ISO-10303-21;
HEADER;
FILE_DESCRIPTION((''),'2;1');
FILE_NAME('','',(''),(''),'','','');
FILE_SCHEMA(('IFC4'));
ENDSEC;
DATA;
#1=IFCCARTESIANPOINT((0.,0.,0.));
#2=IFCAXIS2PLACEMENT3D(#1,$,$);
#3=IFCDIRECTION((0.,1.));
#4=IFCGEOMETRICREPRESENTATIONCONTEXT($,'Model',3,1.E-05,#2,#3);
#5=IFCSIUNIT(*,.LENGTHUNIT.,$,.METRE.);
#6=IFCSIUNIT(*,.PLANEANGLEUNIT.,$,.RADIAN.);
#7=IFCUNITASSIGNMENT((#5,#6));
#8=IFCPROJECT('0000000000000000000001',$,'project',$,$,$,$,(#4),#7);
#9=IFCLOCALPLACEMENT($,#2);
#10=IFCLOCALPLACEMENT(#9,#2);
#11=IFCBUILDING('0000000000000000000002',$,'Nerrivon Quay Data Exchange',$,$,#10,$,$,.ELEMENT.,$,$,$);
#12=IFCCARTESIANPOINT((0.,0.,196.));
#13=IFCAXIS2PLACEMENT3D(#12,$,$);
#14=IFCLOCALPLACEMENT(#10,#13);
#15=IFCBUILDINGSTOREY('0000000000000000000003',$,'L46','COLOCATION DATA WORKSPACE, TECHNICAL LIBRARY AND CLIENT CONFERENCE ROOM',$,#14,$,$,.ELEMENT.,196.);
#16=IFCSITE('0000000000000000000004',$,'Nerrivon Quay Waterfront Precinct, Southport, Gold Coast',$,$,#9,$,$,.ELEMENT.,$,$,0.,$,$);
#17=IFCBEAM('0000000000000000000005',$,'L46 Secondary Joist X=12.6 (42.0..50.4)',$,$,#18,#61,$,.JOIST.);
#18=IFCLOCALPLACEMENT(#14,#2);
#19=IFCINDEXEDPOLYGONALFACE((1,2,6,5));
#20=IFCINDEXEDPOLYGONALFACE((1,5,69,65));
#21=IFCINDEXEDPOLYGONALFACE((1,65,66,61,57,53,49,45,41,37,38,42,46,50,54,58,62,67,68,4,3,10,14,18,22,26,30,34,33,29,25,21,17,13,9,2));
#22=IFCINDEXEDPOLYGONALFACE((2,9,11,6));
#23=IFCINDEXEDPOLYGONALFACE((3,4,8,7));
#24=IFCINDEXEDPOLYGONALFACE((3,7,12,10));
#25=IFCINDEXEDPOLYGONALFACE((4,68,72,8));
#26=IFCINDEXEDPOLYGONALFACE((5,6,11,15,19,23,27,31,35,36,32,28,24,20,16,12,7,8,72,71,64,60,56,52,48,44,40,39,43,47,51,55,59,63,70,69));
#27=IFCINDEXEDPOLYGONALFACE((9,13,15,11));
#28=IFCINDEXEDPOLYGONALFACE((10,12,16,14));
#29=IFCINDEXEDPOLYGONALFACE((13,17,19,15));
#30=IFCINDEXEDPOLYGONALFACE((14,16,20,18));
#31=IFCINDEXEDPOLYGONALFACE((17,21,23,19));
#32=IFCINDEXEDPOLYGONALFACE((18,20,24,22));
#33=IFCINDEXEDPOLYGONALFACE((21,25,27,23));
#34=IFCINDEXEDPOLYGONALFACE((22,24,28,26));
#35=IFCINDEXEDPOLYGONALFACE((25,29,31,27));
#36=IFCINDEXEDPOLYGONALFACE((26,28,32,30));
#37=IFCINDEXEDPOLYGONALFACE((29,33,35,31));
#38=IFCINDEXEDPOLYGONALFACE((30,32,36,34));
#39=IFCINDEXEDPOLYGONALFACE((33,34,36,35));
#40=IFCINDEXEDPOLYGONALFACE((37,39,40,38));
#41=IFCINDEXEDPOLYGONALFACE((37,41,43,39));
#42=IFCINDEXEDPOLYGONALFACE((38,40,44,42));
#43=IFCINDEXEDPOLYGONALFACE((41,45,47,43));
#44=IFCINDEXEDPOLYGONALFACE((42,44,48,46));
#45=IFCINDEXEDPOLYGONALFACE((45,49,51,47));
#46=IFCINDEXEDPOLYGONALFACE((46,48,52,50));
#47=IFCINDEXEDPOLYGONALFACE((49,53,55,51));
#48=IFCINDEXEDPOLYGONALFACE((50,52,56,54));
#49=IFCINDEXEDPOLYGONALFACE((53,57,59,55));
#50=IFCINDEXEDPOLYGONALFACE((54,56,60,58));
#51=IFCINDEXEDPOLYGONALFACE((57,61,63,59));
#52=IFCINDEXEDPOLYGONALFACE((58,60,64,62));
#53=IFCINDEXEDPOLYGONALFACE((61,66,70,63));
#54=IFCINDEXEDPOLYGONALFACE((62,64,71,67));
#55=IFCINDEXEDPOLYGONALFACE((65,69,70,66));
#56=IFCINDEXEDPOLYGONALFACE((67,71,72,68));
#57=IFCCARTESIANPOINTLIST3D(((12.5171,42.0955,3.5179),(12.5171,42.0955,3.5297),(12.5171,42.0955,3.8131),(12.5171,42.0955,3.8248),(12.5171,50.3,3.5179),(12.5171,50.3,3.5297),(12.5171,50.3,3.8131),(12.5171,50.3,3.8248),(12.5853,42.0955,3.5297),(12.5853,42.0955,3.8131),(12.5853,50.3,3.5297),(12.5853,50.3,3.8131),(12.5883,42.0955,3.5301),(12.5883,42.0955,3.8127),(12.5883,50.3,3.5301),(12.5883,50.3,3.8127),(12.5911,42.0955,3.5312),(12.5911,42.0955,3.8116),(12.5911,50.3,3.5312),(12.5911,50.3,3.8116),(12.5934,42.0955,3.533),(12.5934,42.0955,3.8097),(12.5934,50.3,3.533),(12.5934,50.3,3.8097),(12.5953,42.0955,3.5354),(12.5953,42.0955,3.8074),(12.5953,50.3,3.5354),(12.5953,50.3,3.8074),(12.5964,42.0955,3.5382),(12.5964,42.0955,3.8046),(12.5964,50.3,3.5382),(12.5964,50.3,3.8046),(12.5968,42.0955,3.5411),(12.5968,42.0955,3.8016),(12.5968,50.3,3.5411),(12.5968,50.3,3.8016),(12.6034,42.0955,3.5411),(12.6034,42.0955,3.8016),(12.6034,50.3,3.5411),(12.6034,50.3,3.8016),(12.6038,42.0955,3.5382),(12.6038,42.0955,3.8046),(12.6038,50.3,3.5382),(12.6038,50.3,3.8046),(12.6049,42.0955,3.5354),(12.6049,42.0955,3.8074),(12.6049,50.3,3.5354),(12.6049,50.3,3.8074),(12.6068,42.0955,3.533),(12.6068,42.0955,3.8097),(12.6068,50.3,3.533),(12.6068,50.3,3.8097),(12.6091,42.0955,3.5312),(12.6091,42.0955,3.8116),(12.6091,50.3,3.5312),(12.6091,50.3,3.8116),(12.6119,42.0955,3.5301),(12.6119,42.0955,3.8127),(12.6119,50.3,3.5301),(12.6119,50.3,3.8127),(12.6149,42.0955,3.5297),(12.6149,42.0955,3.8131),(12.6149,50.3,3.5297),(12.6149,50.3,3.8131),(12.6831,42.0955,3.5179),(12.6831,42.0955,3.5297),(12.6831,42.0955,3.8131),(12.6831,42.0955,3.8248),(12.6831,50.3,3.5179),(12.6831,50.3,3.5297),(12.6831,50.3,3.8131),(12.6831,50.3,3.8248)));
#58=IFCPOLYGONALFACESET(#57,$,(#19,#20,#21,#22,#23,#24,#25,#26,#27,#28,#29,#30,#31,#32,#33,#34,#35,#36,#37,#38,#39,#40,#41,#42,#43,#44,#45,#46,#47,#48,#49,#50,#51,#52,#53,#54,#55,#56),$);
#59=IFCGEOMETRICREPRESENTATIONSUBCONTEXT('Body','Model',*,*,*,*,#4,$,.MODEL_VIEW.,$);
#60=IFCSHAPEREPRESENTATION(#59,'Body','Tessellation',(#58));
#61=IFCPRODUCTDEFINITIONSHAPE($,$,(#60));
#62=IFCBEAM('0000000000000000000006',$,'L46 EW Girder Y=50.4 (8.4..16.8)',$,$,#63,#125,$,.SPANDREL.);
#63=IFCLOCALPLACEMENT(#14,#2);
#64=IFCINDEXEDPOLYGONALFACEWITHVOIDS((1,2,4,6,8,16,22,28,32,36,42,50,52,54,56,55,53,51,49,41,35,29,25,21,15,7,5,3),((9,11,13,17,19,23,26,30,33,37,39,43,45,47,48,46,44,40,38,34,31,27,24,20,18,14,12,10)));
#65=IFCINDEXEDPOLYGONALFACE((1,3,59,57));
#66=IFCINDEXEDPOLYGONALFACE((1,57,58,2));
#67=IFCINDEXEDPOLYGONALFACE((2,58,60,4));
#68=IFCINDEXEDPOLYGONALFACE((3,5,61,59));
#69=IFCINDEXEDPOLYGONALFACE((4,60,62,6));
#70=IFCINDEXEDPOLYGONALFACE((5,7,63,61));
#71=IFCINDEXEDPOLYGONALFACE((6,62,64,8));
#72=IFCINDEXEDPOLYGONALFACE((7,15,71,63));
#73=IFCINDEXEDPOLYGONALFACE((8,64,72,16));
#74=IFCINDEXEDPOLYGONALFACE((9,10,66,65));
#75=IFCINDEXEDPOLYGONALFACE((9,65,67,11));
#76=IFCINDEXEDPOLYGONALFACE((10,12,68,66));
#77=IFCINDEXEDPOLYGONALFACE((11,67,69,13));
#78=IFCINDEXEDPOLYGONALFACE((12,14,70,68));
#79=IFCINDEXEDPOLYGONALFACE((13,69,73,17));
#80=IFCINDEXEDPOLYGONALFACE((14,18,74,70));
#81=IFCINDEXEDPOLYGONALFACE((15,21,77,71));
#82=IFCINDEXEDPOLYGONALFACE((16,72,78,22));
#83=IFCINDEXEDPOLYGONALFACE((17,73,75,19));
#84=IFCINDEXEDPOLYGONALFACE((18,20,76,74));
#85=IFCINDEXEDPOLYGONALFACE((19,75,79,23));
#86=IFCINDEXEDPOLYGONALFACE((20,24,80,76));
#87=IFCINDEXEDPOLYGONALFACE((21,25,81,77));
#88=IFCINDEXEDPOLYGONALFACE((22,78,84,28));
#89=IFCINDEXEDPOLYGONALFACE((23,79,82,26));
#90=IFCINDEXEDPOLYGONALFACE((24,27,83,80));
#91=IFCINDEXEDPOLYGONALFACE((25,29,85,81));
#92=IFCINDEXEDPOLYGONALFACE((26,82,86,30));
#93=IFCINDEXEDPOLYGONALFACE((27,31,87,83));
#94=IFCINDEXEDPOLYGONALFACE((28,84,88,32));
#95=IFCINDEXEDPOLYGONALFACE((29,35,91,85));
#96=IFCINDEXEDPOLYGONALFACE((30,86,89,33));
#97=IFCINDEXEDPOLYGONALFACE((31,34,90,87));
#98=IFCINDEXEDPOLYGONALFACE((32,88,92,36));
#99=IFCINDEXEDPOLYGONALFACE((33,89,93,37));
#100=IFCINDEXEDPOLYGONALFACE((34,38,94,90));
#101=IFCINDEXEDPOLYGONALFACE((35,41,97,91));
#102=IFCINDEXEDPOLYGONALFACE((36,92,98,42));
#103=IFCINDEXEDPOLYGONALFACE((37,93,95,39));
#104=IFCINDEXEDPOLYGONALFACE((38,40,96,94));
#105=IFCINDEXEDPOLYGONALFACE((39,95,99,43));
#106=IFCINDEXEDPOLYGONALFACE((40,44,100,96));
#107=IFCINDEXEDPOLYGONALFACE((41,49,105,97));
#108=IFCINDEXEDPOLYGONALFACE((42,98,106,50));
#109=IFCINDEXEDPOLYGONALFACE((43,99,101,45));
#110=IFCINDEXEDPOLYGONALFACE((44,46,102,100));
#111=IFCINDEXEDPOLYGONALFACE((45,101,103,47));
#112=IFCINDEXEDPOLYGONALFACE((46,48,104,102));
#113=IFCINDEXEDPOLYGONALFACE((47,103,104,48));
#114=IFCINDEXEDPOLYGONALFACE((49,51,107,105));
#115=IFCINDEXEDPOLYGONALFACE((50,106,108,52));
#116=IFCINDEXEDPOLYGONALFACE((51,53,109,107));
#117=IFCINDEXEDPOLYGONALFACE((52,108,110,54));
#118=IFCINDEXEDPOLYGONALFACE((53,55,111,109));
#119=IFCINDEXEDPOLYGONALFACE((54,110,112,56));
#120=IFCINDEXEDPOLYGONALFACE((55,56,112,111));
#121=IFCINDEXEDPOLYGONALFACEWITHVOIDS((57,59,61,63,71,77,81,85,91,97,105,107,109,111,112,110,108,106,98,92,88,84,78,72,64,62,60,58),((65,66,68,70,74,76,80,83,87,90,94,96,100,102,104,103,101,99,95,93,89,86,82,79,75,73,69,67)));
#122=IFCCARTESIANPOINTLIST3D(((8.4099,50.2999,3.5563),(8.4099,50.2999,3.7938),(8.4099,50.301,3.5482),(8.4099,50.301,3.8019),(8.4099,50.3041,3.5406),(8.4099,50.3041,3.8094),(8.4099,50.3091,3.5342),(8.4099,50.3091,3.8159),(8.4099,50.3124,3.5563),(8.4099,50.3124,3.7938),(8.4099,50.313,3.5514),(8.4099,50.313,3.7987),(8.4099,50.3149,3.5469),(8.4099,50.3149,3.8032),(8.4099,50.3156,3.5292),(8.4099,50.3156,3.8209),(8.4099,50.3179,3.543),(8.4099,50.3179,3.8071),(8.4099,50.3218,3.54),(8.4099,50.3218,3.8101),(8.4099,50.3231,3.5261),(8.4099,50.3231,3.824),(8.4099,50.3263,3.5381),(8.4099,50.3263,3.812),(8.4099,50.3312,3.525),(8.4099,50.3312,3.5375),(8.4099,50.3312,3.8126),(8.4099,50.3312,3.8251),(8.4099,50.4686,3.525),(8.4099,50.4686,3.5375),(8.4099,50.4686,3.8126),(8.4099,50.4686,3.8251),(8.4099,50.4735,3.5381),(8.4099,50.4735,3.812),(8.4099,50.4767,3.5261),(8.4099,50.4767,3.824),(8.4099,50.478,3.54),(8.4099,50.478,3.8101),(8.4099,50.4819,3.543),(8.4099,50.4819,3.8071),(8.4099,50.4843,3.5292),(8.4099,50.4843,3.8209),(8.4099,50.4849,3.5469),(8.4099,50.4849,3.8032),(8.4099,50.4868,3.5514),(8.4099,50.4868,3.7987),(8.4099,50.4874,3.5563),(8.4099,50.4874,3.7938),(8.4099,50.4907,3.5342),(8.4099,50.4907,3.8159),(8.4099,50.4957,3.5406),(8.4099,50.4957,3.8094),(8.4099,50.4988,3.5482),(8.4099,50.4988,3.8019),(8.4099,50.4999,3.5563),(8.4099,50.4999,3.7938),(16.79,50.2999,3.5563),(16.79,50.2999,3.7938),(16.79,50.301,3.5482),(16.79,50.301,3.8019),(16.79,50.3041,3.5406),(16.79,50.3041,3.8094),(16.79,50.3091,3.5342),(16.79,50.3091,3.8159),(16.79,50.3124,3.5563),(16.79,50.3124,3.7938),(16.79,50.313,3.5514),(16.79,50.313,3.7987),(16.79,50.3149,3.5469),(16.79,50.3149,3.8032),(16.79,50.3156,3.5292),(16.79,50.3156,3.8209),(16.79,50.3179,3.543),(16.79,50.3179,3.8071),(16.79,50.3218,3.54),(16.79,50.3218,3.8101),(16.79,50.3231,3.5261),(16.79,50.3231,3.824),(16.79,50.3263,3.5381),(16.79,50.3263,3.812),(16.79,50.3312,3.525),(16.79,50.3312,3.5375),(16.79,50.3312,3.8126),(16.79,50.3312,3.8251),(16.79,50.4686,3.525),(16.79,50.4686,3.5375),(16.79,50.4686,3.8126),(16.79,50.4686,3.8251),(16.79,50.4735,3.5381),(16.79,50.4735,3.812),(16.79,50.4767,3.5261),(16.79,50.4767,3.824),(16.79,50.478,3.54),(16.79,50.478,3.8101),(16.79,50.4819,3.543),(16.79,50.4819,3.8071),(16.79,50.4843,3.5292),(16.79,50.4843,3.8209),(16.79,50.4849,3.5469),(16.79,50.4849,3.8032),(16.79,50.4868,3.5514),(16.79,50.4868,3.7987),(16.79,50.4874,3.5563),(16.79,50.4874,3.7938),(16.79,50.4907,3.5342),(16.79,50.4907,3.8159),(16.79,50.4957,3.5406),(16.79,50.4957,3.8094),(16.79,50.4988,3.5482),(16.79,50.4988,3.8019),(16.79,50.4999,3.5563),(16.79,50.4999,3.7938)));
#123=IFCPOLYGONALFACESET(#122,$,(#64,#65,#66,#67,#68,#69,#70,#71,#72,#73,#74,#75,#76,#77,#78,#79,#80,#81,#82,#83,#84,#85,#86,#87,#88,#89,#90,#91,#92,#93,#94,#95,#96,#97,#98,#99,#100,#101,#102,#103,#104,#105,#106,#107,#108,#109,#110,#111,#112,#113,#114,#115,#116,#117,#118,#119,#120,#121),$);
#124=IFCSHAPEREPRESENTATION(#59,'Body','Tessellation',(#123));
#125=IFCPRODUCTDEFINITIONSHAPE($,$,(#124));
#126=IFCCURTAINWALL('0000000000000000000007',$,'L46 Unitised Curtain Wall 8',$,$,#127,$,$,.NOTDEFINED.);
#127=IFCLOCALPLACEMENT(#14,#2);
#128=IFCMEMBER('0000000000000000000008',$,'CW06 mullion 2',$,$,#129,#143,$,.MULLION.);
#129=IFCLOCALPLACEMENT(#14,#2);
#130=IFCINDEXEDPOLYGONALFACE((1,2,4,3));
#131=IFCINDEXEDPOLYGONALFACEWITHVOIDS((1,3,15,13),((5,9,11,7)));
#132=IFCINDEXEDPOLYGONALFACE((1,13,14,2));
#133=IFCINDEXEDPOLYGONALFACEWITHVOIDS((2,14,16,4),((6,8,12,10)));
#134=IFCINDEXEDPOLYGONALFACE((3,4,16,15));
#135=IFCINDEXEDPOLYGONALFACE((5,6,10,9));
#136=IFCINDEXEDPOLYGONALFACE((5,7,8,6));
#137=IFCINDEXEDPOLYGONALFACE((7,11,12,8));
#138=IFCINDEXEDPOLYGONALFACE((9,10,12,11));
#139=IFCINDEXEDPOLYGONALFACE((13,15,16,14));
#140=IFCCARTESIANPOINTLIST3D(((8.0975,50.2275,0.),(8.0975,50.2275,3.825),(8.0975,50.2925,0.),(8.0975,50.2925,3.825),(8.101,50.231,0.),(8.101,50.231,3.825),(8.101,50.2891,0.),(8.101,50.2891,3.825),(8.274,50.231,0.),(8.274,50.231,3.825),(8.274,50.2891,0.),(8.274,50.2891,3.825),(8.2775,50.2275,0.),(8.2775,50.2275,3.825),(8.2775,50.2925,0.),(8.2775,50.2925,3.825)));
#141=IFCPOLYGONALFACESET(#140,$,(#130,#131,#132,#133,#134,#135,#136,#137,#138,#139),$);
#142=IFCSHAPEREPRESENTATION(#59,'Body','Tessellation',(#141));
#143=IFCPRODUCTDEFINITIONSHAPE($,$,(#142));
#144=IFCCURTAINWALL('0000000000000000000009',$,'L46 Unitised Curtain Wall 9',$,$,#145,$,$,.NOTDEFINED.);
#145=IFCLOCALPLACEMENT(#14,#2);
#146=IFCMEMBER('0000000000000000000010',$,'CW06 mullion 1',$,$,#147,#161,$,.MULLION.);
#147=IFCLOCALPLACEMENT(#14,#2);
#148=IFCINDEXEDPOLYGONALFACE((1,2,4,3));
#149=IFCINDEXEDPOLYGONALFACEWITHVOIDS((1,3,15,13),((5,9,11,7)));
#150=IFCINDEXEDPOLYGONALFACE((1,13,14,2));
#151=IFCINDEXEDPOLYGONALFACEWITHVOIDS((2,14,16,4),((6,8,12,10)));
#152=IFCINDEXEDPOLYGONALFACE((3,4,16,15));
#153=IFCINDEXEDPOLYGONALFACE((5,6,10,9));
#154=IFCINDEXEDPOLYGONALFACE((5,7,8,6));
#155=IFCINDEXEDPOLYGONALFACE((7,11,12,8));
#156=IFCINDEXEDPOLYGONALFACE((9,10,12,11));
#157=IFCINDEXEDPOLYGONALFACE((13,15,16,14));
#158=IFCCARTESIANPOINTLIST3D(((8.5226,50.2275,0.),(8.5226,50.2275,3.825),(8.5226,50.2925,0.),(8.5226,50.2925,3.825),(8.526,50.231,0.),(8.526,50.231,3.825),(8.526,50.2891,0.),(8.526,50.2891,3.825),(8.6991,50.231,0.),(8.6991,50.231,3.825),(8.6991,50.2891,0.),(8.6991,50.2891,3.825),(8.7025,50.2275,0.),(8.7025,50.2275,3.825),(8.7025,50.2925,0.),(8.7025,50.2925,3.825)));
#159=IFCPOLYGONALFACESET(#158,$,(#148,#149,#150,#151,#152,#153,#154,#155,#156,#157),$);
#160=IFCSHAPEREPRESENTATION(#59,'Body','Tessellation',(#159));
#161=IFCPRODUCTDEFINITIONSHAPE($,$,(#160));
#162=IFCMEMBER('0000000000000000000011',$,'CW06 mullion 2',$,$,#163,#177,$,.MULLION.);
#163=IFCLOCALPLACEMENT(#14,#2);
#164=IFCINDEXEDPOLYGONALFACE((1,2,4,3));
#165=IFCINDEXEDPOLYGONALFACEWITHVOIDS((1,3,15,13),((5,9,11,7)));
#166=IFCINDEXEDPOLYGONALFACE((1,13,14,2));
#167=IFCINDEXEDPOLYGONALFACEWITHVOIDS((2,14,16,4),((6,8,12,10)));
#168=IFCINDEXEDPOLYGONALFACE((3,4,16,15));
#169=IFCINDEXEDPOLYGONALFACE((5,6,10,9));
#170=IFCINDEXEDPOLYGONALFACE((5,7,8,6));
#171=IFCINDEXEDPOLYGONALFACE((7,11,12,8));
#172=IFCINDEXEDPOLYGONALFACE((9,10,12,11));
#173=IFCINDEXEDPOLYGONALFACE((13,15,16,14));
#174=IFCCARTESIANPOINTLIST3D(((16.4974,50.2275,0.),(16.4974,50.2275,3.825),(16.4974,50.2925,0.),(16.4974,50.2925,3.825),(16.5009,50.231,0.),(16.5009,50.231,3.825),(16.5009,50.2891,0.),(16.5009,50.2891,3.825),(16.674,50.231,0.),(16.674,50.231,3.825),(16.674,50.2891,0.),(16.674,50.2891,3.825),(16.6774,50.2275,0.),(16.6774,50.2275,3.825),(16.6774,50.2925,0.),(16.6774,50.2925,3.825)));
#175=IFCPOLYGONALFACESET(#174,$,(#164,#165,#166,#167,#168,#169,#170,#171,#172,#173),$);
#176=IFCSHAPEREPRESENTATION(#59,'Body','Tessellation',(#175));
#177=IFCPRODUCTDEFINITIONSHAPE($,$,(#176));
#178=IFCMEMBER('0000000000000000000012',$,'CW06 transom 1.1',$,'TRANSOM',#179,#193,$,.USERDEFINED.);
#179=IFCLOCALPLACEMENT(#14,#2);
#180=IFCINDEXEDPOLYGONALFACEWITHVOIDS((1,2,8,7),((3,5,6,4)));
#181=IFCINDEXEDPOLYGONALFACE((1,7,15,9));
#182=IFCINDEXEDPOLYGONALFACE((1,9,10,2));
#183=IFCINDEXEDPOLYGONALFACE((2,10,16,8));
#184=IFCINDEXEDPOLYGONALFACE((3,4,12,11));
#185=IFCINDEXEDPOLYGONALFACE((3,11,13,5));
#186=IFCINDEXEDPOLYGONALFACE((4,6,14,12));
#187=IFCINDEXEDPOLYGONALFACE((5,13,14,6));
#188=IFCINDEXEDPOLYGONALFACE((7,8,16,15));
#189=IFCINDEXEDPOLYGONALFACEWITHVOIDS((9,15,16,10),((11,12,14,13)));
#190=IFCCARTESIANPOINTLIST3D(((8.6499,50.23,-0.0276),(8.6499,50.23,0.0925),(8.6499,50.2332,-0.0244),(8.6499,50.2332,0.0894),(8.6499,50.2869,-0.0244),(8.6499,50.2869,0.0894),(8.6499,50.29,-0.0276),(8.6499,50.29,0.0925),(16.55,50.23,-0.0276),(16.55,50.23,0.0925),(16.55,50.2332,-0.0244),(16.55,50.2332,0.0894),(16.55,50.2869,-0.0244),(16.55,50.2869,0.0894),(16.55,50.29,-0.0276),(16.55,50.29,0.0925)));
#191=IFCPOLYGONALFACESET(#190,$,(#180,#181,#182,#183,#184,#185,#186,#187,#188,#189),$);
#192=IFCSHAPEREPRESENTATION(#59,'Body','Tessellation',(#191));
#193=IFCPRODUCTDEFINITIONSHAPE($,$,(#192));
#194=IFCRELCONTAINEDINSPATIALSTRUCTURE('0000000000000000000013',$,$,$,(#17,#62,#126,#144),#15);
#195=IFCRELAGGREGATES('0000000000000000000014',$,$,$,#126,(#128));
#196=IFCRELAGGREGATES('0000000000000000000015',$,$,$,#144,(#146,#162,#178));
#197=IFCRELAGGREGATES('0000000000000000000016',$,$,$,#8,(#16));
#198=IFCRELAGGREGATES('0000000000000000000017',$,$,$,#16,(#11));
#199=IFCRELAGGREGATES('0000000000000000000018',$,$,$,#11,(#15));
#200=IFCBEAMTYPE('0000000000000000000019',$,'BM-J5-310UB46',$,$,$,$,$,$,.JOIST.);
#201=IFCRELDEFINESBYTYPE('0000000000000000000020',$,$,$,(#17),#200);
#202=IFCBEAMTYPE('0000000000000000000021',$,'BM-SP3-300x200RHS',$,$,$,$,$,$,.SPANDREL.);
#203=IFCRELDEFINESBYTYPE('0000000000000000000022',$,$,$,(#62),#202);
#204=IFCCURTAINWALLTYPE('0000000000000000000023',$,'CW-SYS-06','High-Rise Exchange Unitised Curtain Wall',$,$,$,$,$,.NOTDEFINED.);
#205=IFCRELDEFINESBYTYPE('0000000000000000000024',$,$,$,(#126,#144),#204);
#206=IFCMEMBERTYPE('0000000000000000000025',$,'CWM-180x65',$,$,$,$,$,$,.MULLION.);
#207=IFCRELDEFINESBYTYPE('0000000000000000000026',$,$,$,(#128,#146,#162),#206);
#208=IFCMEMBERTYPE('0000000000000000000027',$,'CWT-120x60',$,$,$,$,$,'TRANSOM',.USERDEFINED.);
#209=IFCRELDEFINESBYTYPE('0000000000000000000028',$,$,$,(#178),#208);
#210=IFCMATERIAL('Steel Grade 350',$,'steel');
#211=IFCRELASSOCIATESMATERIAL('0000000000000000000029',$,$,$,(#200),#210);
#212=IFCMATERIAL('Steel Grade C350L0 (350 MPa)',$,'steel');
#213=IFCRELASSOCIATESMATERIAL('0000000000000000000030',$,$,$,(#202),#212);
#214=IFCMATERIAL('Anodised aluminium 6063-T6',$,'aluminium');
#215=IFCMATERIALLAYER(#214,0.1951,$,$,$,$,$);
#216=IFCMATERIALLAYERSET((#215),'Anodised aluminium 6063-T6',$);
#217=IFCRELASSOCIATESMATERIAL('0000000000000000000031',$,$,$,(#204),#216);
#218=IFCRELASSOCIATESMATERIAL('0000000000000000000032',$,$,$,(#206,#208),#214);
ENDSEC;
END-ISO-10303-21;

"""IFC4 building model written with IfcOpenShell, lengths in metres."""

from ifc_helpers import new_model, si_unit, direction, frame, origin, origin_2d, place, context, subcontext, project, spatial, hollow_rectangle, i_section, extrude, material, layer, layer_set, material_profile, profile_set, type_object, element, aggregate, save


model = new_model("IFC4")

# Units and contexts
model_context = context("Model", 3, precision=1e-05, world=origin(), true_north=direction((0.0, 1.0)))
body_context = subcontext(model_context, "Body", "Model", "MODEL_VIEW")
ifc_project = project(units=[si_unit("LENGTHUNIT", "METRE"), si_unit("PLANEANGLEUNIT", "RADIAN")], contexts=[model_context])

# Site, building, storey
site_placement = place(None, origin())
site = spatial("IfcSite", under=ifc_project, at=site_placement, Name="Nerrivon Quay Waterfront Precinct, Southport, Gold Coast", CompositionType="ELEMENT", RefElevation=0.0)
building_placement = place(site_placement, origin())
building = spatial("IfcBuilding", under=site, at=building_placement, Name="Nerrivon Quay Data Exchange", CompositionType="ELEMENT")
storey_placement = place(building_placement, frame((0.0, 0.0, 196.0)))
storey = spatial("IfcBuildingStorey", under=building, at=storey_placement, Name="L46", Description="COLOCATION DATA WORKSPACE, TECHNICAL LIBRARY AND CLIENT CONFERENCE ROOM", CompositionType="ELEMENT", Elevation=196.0)

# Shared definitions
ifc_material_1 = material(Name="Steel Grade 350", Category="steel")

# Beams
ifc_material_profile_1 = material_profile(ifc_material_1, i_section(OverallWidth=0.166, OverallDepth=0.3069, WebThickness=0.0066, FlangeThickness=0.0117, FilletRadius=0.0115, at=origin_2d()), Name="310UB46.2")
ifc_profile_set_1 = profile_set([ifc_material_profile_1], Name="Steel Grade 350")
beam_type_1 = type_object("IfcBeamType", Name="BM-J5-310UB46", PredefinedType="JOIST", material=ifc_profile_set_1)
beam_1_placement = place(storey_placement, frame((12.6001, 42.0955, 3.6714), z_axis=(0.0, 1.0, 0.0), x_axis=(-1.0, 0.0, 0.0)))
element("IfcBeam", 1, at=beam_1_placement, inside=storey, type_object=beam_type_1, Name="L46 Secondary Joist X=12.6 (42.0..50.4)", PredefinedType="JOIST", context=body_context, shape_type="SweptSolid", body=[
    extrude(i_section(OverallWidth=0.166, OverallDepth=0.3069, WebThickness=0.0066, FlangeThickness=0.0117, FilletRadius=0.0115, at=origin_2d()), origin(), (0.0, 0.0, 1.0), 8.2046),
])
ifc_material_2 = material(Name="Steel Grade C350L0 (350 MPa)", Category="steel")
ifc_material_profile_2 = material_profile(ifc_material_2, hollow_rectangle(XDim=0.2, YDim=0.3, WallThickness=0.0125, InnerFilletRadius=0.0188, OuterFilletRadius=0.0312, at=origin_2d()), Name="300x200x12.5RHS")
ifc_profile_set_2 = profile_set([ifc_material_profile_2], Name="Steel Grade C350L0 (350 MPa)")
beam_type_2 = type_object("IfcBeamType", Name="BM-SP3-300x200RHS", PredefinedType="SPANDREL", material=ifc_profile_set_2)
beam_2_placement = place(storey_placement, frame((8.4099, 50.3999, 3.675), z_axis=(1.0, 0.0, 0.0), x_axis=(0.0, 1.0, 0.0)))
element("IfcBeam", 2, at=beam_2_placement, inside=storey, type_object=beam_type_2, Name="L46 EW Girder Y=50.4 (8.4..16.8)", PredefinedType="SPANDREL", context=body_context, shape_type="SweptSolid", body=[
    extrude(hollow_rectangle(XDim=0.2, YDim=0.3, WallThickness=0.0125, InnerFilletRadius=0.0188, OuterFilletRadius=0.0312, at=origin_2d()), origin(), (0.0, 0.0, 1.0), 8.3801),
])

# Curtain wall, member
ifc_material_3 = material(Name="Anodised aluminium 6063-T6", Category="aluminium")
ifc_layer_1 = layer(ifc_material_3, 0.1951)
ifc_layer_set_1 = layer_set([ifc_layer_1], Name="Anodised aluminium 6063-T6")
curtain_wall_type = type_object("IfcCurtainWallType", Name="CW-SYS-06", Description="High-Rise Exchange Unitised Curtain Wall", PredefinedType="NOTDEFINED", material=ifc_layer_set_1)
curtain_wall_1_placement = place(storey_placement, origin())
curtain_wall_1 = element("IfcCurtainWall", 3, at=curtain_wall_1_placement, inside=storey, type_object=curtain_wall_type, Name="L46 Unitised Curtain Wall 8", PredefinedType="NOTDEFINED")
ifc_material_profile_3 = material_profile(ifc_material_3, hollow_rectangle(XDim=0.0649, YDim=0.1799, WallThickness=0.0034, at=origin_2d()), Name="ALU-MULL-180x65")
ifc_profile_set_3 = profile_set([ifc_material_profile_3], Name="Anodised aluminium 6063-T6")
member_type_1 = type_object("IfcMemberType", Name="CWM-180x65", PredefinedType="MULLION", material=ifc_profile_set_3)
member_1_placement = place(storey_placement, frame((8.1875, 50.26, 0.0), z_axis=(0.0, 0.0, 1.0), x_axis=(0.0, 1.0, 0.0)))
member_1 = element("IfcMember", 4, at=member_1_placement, type_object=member_type_1, Name="CW06 mullion 2", PredefinedType="MULLION", context=body_context, shape_type="SweptSolid", body=[
    extrude(hollow_rectangle(XDim=0.0649, YDim=0.1799, WallThickness=0.0034, at=origin_2d()), origin(), (0.0, 0.0, 1.0), 3.825),
])
aggregate(curtain_wall_1, [member_1])

# Curtain wall, members
curtain_wall_2_placement = place(storey_placement, origin())
curtain_wall_2 = element("IfcCurtainWall", 5, at=curtain_wall_2_placement, inside=storey, type_object=curtain_wall_type, Name="L46 Unitised Curtain Wall 9", PredefinedType="NOTDEFINED")
member_2_placement = place(storey_placement, frame((8.6125, 50.26, 0.0), z_axis=(0.0, 0.0, 1.0), x_axis=(0.0, 1.0, 0.0)))
member_2 = element("IfcMember", 6, at=member_2_placement, type_object=member_type_1, Name="CW06 mullion 1", PredefinedType="MULLION", context=body_context, shape_type="SweptSolid", body=[
    extrude(hollow_rectangle(XDim=0.0649, YDim=0.1799, WallThickness=0.0034, at=origin_2d()), origin(), (0.0, 0.0, 1.0), 3.825),
])
member_3_placement = place(storey_placement, frame((16.5874, 50.26, 0.0), z_axis=(0.0, 0.0, 1.0), x_axis=(0.0, 1.0, 0.0)))
member_3 = element("IfcMember", 7, at=member_3_placement, type_object=member_type_1, Name="CW06 mullion 2", PredefinedType="MULLION", context=body_context, shape_type="SweptSolid", body=[
    extrude(hollow_rectangle(XDim=0.0649, YDim=0.1799, WallThickness=0.0034, at=origin_2d()), origin(), (0.0, 0.0, 1.0), 3.825),
])
ifc_material_profile_4 = material_profile(ifc_material_3, hollow_rectangle(XDim=0.0601, YDim=0.1201, WallThickness=0.0032, at=origin_2d()), Name="ALU-TRAN-120x60")
ifc_profile_set_4 = profile_set([ifc_material_profile_4], Name="Anodised aluminium 6063-T6")
member_type_2 = type_object("IfcMemberType", Name="CWT-120x60", ElementType="TRANSOM", PredefinedType="USERDEFINED", material=ifc_profile_set_4)
member_4_placement = place(storey_placement, frame((8.6499, 50.26, 0.0325), z_axis=(1.0, 0.0, 0.0), x_axis=(0.0, 1.0, 0.0)))
member_4 = element("IfcMember", 8, at=member_4_placement, type_object=member_type_2, Name="CW06 transom 1.1", ObjectType="TRANSOM", PredefinedType="USERDEFINED", context=body_context, shape_type="SweptSolid", body=[
    extrude(hollow_rectangle(XDim=0.0601, YDim=0.1201, WallThickness=0.0032, at=origin_2d()), origin(), (0.0, 0.0, 1.0), 7.9001),
])
aggregate(curtain_wall_2, [member_2, member_3, member_4])

save(model, "model.ifc")
